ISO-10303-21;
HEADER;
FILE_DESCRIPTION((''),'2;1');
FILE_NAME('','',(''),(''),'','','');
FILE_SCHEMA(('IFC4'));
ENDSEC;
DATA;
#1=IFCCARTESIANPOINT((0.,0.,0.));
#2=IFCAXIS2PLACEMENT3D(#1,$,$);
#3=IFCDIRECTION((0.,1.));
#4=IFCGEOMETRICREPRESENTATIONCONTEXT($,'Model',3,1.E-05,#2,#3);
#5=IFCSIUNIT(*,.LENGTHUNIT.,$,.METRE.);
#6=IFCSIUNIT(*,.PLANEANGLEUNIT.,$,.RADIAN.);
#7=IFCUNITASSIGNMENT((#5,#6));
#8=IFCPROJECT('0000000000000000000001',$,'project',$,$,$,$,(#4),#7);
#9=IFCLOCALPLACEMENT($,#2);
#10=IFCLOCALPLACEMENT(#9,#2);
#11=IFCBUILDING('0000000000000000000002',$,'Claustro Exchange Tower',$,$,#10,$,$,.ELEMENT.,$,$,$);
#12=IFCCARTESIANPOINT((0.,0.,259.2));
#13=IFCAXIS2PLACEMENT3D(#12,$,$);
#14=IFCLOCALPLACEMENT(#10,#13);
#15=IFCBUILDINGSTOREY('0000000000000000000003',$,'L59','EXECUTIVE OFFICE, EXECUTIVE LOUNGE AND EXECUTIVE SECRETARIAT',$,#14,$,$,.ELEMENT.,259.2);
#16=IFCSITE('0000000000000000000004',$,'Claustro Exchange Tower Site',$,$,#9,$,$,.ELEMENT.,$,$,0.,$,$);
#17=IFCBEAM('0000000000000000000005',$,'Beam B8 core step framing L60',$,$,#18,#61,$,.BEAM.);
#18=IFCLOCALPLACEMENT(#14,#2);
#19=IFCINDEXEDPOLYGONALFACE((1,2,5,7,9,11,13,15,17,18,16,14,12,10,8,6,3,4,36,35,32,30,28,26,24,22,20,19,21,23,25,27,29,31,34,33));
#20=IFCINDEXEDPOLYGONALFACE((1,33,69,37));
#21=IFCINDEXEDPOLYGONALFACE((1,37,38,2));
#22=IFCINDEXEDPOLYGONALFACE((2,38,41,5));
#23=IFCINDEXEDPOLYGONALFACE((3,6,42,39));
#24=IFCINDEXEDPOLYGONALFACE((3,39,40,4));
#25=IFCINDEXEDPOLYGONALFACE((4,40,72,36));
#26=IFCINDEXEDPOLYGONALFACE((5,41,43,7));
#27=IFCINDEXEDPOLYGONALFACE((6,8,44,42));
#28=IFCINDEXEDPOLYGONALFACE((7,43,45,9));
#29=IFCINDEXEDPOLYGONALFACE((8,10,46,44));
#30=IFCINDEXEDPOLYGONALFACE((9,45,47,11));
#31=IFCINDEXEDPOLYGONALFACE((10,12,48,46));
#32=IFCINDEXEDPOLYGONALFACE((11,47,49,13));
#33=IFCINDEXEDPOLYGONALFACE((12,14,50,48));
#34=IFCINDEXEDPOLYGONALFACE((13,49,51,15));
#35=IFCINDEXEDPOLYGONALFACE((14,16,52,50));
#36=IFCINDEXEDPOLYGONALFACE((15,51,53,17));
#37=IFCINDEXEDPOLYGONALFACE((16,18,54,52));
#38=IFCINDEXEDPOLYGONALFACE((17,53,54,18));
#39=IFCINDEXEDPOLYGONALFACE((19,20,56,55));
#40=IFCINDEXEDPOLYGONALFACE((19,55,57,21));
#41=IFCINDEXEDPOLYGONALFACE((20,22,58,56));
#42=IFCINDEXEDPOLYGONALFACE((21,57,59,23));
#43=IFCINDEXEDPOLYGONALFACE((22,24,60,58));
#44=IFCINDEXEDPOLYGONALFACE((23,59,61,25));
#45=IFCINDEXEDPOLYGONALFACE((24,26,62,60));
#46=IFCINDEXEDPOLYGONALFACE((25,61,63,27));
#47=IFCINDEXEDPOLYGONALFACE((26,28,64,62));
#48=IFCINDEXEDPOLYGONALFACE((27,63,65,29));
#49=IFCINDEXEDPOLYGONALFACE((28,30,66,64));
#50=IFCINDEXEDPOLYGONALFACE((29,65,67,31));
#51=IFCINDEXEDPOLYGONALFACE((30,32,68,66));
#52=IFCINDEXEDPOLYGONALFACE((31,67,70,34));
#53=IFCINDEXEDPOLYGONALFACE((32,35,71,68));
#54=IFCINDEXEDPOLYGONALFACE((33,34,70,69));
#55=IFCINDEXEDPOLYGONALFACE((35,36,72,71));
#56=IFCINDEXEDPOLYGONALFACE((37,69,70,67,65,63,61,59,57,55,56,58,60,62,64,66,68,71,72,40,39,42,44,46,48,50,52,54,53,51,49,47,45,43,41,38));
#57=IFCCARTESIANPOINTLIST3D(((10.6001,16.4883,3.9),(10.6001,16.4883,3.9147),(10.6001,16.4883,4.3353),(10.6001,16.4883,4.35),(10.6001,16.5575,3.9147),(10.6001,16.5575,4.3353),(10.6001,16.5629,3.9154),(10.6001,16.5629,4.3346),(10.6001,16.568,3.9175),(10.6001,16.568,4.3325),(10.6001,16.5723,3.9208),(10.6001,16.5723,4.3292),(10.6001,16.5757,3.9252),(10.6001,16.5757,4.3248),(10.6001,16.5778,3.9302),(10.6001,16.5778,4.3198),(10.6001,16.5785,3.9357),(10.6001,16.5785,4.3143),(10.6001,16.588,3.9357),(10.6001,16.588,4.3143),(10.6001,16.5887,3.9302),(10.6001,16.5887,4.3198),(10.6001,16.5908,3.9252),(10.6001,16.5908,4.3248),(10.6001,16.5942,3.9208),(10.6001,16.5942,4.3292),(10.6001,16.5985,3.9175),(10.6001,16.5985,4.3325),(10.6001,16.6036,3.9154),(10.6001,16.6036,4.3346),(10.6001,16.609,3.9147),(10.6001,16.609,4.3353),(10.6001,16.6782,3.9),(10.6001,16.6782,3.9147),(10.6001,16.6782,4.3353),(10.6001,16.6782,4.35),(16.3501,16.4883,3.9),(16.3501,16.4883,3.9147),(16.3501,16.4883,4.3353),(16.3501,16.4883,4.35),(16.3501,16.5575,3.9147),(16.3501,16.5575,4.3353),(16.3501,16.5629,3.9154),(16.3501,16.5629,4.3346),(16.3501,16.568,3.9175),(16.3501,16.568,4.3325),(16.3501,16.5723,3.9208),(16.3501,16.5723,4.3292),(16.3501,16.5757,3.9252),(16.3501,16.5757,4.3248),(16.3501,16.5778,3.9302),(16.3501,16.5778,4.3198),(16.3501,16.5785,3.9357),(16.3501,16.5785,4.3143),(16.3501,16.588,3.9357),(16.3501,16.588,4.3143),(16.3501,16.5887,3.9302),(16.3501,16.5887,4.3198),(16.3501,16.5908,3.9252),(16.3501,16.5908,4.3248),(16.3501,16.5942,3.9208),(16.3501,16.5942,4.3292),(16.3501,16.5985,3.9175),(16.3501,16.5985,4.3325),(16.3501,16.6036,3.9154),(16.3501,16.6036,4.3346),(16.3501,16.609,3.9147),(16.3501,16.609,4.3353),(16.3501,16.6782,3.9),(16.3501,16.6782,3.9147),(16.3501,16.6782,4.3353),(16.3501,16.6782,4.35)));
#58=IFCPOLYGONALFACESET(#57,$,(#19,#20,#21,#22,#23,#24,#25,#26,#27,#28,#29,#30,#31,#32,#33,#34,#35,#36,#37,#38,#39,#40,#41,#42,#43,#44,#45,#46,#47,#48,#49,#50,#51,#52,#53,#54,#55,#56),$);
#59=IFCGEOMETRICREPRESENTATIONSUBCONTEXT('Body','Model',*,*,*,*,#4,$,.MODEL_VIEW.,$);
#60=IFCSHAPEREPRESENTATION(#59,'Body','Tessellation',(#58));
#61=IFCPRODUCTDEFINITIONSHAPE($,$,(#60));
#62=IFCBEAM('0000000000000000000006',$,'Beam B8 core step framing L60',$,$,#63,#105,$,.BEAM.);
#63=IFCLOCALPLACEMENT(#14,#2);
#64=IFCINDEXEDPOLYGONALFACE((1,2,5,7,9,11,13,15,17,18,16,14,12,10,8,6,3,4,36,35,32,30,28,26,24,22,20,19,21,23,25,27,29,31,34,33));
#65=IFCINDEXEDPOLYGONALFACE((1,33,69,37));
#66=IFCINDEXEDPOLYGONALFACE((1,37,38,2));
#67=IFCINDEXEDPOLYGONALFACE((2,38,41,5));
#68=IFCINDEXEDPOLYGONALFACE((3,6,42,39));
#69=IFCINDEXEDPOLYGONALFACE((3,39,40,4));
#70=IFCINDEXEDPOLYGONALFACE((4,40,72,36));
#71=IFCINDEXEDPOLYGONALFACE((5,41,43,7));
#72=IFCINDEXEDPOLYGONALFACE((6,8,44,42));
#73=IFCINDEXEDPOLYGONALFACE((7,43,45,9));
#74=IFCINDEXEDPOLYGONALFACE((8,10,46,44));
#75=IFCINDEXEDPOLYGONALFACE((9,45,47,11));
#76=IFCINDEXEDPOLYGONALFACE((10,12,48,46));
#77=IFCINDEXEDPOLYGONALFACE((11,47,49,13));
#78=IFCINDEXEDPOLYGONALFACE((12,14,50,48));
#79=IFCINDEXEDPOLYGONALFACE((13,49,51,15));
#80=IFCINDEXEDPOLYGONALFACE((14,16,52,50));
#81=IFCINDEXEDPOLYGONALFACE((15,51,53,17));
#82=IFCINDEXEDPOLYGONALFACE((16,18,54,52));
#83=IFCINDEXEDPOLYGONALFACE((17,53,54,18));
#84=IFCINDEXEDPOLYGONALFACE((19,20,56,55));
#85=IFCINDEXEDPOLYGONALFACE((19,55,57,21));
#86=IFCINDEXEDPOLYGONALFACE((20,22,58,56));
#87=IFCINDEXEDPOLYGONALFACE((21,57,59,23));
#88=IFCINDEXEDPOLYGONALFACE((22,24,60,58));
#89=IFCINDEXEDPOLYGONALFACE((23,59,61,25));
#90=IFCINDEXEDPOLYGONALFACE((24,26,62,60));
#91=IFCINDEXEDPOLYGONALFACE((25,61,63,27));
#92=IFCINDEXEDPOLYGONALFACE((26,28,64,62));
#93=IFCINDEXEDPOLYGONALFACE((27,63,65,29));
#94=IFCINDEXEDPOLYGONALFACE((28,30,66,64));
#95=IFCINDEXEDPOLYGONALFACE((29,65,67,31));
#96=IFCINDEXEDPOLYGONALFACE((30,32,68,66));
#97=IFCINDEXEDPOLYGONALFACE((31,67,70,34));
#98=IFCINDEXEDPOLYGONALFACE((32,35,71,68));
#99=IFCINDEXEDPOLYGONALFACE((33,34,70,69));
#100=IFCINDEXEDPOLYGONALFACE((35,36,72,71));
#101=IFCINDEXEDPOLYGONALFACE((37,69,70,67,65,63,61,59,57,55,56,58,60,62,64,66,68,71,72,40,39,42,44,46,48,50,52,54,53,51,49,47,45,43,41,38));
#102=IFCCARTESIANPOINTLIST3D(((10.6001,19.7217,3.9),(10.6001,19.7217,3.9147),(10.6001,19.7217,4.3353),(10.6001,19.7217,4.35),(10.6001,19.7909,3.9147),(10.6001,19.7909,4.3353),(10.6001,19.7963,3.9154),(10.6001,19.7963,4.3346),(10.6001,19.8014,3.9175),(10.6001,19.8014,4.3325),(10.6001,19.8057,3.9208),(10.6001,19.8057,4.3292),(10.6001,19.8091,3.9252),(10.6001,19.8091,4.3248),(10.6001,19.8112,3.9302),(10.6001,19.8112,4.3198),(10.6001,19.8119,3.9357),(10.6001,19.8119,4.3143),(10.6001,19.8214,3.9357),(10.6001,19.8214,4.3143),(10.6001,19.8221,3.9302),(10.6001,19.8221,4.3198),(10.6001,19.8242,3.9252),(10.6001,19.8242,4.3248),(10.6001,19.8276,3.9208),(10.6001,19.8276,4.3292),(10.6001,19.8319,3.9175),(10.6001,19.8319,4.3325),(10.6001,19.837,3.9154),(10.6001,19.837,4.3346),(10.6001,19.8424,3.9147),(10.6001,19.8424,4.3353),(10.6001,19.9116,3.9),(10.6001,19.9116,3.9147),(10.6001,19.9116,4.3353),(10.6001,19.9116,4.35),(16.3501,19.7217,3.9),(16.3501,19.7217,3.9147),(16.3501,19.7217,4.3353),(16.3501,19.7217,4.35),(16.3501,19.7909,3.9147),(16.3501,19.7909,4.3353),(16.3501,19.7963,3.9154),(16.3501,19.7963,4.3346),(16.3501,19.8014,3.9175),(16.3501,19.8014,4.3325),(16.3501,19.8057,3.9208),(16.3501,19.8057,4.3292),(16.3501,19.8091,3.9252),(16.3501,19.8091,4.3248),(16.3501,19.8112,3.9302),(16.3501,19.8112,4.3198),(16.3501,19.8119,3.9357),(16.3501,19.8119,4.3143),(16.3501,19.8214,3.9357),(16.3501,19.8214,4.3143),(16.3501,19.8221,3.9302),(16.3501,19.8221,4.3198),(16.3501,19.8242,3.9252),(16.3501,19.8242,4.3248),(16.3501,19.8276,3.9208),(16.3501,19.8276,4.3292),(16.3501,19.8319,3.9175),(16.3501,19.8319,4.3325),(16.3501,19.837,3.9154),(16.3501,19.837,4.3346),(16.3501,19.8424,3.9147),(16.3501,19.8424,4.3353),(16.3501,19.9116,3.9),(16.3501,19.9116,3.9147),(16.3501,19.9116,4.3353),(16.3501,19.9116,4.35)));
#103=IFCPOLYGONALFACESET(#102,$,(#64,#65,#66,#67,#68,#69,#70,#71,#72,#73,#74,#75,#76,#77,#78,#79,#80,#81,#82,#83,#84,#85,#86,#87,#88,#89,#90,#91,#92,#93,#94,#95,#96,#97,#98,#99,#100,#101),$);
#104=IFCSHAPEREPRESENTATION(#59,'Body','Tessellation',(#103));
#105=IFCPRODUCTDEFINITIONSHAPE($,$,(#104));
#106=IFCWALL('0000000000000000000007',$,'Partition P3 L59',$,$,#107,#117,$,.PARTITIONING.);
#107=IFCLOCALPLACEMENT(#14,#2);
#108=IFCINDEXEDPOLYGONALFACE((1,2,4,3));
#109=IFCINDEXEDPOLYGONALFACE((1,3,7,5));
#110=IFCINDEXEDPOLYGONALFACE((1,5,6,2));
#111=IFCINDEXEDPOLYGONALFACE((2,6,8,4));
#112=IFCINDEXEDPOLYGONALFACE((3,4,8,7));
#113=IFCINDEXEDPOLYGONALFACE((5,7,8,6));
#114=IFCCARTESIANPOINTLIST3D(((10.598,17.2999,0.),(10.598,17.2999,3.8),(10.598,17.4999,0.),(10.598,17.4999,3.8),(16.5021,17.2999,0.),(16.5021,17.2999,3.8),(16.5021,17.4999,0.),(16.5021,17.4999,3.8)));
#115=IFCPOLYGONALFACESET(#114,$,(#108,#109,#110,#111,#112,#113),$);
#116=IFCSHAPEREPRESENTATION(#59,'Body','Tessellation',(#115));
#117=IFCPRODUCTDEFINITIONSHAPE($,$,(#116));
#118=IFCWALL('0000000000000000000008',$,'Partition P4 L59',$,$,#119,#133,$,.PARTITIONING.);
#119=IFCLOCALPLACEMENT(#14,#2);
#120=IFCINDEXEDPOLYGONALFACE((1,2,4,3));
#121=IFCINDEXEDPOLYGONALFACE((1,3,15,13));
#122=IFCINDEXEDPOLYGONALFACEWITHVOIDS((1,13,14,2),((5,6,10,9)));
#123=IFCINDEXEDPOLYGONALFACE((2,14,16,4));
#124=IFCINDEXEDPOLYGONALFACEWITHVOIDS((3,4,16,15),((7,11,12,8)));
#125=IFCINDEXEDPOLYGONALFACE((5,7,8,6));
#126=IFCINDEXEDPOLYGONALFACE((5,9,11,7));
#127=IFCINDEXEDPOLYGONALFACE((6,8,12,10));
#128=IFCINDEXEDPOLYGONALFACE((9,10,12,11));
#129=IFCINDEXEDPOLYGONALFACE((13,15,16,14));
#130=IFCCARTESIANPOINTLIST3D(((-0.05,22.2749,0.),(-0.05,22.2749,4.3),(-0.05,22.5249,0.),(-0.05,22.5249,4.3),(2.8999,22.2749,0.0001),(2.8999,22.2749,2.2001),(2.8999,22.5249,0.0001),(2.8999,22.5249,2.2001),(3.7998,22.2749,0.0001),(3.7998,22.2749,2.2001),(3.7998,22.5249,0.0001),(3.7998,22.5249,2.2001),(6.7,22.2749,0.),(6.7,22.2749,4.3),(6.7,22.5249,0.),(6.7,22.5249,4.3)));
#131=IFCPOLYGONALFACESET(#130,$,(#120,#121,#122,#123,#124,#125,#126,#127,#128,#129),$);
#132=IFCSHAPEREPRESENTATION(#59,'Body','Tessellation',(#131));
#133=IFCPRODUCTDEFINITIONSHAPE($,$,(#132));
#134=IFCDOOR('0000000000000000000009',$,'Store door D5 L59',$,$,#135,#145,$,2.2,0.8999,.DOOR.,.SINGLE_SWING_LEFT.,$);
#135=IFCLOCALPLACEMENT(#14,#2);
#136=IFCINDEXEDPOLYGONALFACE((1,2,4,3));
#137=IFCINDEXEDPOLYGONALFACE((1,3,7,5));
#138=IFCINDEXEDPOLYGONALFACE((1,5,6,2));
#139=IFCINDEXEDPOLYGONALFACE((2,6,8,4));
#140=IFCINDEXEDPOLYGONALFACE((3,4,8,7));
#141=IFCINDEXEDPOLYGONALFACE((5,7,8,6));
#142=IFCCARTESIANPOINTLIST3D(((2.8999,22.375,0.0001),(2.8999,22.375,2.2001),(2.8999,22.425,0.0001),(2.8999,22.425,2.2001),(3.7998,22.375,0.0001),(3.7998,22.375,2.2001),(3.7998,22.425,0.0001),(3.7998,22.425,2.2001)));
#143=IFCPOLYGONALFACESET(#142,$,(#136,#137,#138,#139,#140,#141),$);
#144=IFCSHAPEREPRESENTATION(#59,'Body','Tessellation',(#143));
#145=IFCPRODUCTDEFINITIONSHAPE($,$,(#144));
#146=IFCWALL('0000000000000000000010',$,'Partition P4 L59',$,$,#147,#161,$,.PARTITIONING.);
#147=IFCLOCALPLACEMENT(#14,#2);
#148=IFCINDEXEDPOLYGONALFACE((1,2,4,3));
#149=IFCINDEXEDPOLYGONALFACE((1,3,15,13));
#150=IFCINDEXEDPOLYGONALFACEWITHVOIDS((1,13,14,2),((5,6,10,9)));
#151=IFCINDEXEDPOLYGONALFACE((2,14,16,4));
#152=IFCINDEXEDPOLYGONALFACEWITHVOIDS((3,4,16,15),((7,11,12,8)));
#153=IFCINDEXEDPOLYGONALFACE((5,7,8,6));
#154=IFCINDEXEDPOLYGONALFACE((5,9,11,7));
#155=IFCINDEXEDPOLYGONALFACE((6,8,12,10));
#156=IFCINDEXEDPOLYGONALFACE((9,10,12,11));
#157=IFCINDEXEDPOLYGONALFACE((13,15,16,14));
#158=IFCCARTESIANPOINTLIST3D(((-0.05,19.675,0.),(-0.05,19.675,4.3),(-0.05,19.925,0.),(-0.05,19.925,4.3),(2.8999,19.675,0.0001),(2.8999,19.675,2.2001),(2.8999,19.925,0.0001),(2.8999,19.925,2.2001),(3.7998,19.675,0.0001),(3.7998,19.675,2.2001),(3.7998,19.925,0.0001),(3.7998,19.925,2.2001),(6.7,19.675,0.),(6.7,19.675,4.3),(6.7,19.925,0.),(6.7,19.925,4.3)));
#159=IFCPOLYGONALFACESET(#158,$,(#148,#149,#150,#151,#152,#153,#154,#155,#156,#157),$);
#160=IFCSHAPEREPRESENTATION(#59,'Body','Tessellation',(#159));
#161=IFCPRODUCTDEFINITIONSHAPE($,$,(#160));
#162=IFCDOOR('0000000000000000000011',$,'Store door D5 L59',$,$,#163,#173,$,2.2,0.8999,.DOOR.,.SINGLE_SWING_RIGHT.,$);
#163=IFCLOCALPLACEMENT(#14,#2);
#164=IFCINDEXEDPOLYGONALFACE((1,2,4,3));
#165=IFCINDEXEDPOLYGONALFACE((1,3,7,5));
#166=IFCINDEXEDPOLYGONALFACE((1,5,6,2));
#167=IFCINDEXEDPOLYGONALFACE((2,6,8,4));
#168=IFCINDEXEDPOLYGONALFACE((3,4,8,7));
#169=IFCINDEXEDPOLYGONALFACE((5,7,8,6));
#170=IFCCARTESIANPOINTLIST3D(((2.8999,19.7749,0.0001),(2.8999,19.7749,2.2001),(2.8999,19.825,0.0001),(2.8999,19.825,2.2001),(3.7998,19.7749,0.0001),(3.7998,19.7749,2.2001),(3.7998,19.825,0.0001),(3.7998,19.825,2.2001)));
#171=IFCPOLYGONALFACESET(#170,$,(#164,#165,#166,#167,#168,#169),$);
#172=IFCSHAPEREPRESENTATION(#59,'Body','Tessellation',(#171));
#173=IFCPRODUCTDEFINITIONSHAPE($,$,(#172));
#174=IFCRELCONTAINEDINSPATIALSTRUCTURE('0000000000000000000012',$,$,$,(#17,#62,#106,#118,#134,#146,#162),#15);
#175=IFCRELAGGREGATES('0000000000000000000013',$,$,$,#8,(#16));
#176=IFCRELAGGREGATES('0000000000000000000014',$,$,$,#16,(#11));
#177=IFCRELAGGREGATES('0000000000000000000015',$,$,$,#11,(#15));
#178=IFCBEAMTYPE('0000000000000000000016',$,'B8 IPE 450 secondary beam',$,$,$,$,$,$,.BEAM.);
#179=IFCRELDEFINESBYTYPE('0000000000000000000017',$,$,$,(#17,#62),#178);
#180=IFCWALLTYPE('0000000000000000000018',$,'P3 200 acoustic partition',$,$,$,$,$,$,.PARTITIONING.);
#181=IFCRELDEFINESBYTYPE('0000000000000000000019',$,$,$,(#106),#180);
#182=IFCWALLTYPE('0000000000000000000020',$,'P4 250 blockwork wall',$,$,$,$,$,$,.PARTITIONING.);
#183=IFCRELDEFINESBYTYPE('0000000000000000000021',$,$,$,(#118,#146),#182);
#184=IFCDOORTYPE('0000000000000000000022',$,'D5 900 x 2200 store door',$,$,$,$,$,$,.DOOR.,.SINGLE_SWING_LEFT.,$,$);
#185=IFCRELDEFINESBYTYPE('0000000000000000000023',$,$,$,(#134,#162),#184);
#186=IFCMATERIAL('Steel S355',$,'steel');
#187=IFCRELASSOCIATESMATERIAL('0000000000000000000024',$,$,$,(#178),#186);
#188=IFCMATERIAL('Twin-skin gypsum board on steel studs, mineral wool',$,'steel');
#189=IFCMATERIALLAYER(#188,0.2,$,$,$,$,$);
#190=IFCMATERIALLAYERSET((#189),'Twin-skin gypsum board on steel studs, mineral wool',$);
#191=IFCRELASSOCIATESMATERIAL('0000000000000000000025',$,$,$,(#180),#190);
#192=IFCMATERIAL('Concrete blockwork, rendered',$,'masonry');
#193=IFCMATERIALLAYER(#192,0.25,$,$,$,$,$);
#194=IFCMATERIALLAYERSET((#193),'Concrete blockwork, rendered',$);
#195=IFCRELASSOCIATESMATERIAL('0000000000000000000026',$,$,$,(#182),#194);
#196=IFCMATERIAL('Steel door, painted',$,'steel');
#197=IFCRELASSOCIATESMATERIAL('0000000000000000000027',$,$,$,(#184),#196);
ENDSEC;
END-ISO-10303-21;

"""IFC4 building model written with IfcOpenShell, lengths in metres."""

from ifc_helpers import new_model, si_unit, direction, frame, frame_2d, origin, origin_2d, place, context, subcontext, project, spatial, rectangle, i_section, extrude, material, layer, layer_set, material_profile, profile_set, type_object, element, fill, save


model = new_model("IFC4")

# Units and contexts
model_context = context("Model", 3, precision=1e-05, world=origin(), true_north=direction((0.0, 1.0)))
body_context = subcontext(model_context, "Body", "Model", "MODEL_VIEW")
ifc_project = project(units=[si_unit("LENGTHUNIT", "METRE"), si_unit("PLANEANGLEUNIT", "RADIAN")], contexts=[model_context])

# Site, building, storey
site_placement = place(None, origin())
site = spatial("IfcSite", under=ifc_project, at=site_placement, Name="Claustro Exchange Tower Site", CompositionType="ELEMENT", RefElevation=0.0)
building_placement = place(site_placement, origin())
building = spatial("IfcBuilding", under=site, at=building_placement, Name="Claustro Exchange Tower", CompositionType="ELEMENT")
storey_placement = place(building_placement, frame((0.0, 0.0, 259.2)))
storey = spatial("IfcBuildingStorey", under=building, at=storey_placement, Name="L59", Description="EXECUTIVE OFFICE, EXECUTIVE LOUNGE AND EXECUTIVE SECRETARIAT", CompositionType="ELEMENT", Elevation=259.2)

# Beams
ifc_material_1 = material(Name="Steel S355", Category="steel")
ifc_material_profile_1 = material_profile(ifc_material_1, i_section(OverallWidth=0.1899, OverallDepth=0.45, WebThickness=0.0095, FlangeThickness=0.0146, FilletRadius=0.021, at=origin_2d()), Name="IPE 450")
ifc_profile_set_1 = profile_set([ifc_material_profile_1], Name="Steel S355")
beam_type_1 = type_object("IfcBeamType", Name="B8 IPE 450 secondary beam", PredefinedType="BEAM", material=ifc_profile_set_1)
for number, where, z_axis, x_axis, name in (
    (1, (10.6001, 16.5833, 4.125), (1.0, 0.0, 0.0), (0.0, 1.0, 0.0), "Beam B8 core step framing L60"),
    (2, (10.6001, 19.8167, 4.125), (1.0, 0.0, 0.0), (0.0, 1.0, 0.0), "Beam B8 core step framing L60"),
):
    element("IfcBeam", number, at=place(storey_placement, frame(where, z_axis=z_axis, x_axis=x_axis)), inside=storey, type_object=beam_type_1, Name=name, PredefinedType="BEAM", context=body_context, shape_type="SweptSolid", body=[
        extrude(i_section(OverallWidth=0.1899, OverallDepth=0.45, WebThickness=0.0095, FlangeThickness=0.0146, FilletRadius=0.021, at=origin_2d()), origin(), (0.0, 0.0, 1.0), 5.75),
    ])

# Wall
ifc_material_2 = material(Name="Twin-skin gypsum board on steel studs, mineral wool", Category="steel")
ifc_layer_1 = layer(ifc_material_2, 0.2)
ifc_layer_set_1 = layer_set([ifc_layer_1], Name="Twin-skin gypsum board on steel studs, mineral wool")
wall_type_1 = type_object("IfcWallType", Name="P3 200 acoustic partition", PredefinedType="PARTITIONING", material=ifc_layer_set_1)
wall_1_placement = place(storey_placement, frame((10.5979, 17.3999, 0.0), z_axis=(0.0, 0.0, 1.0), x_axis=(1.0, 0.0, 0.0)))
element("IfcWall", 3, at=wall_1_placement, inside=storey, type_object=wall_type_1, Name="Partition P3 L59", PredefinedType="PARTITIONING", context=body_context, shape_type="SweptSolid", body=[
    extrude(rectangle(XDim=5.9041, YDim=0.2, at=frame_2d((2.9521, 0.0))), origin(), (0.0, 0.0, 1.0), 3.8),
])

# Walls, openings, doors
ifc_material_3 = material(Name="Concrete blockwork, rendered", Category="masonry")
ifc_layer_2 = layer(ifc_material_3, 0.25)
ifc_layer_set_2 = layer_set([ifc_layer_2], Name="Concrete blockwork, rendered")
wall_type_2 = type_object("IfcWallType", Name="P4 250 blockwork wall", PredefinedType="PARTITIONING", material=ifc_layer_set_2)
wall_2_placement = place(storey_placement, frame((-0.05, 22.3999, 0.0), z_axis=(0.0, 0.0, 1.0), x_axis=(1.0, 0.0, 0.0)))
wall_2 = element("IfcWall", 4, at=wall_2_placement, inside=storey, type_object=wall_type_2, Name="Partition P4 L59", PredefinedType="PARTITIONING", context=body_context, shape_type="SweptSolid", body=[
    extrude(rectangle(XDim=6.75, YDim=0.25, at=frame_2d((3.375, 0.0))), origin(), (0.0, 0.0, 1.0), 4.3),
])
opening_1_placement = place(wall_2_placement, frame((2.95, 0.0, 0.0)))
opening_1 = element("IfcOpeningElement", 5, at=opening_1_placement, cuts=wall_2, PredefinedType="OPENING", context=body_context, shape_type="SweptSolid", body=[
    extrude(rectangle(XDim=0.8999, YDim=2.2, at=frame_2d((0.45, 1.1001))), frame((0.0, 0.135, 0.0), z_axis=(0.0, -1.0, 0.0), x_axis=(1.0, 0.0, 0.0)), (0.0, 0.0, 1.0), 0.27),
])
ifc_material_4 = material(Name="Steel door, painted", Category="steel")
door_type = type_object("IfcDoorType", Name="D5 900 x 2200 store door", OperationType="SINGLE_SWING_LEFT", PredefinedType="DOOR", material=ifc_material_4)
door_1_placement = place(opening_1_placement, frame((0.8999, 0.0, 0.0), z_axis=(0.0, 0.0, 1.0), x_axis=(-1.0, 0.0, 0.0)))
door_1 = element("IfcDoor", 6, at=door_1_placement, inside=storey, type_object=door_type, Name="Store door D5 L59", OperationType="SINGLE_SWING_LEFT", OverallHeight=2.2, OverallWidth=0.8999, PredefinedType="DOOR", context=body_context, shape_type="SweptSolid", body=[
    extrude(rectangle(XDim=0.8999, YDim=2.2, at=frame_2d((0.45, 1.1001))), frame((0.0, 0.0249, 0.0), z_axis=(0.0, -1.0, 0.0), x_axis=(1.0, 0.0, 0.0)), (0.0, 0.0, 1.0), 0.05),
])
fill(opening_1, door_1)
wall_3_placement = place(storey_placement, frame((-0.05, 19.8, 0.0), z_axis=(0.0, 0.0, 1.0), x_axis=(1.0, 0.0, 0.0)))
wall_3 = element("IfcWall", 7, at=wall_3_placement, inside=storey, type_object=wall_type_2, Name="Partition P4 L59", PredefinedType="PARTITIONING", context=body_context, shape_type="SweptSolid", body=[
    extrude(rectangle(XDim=6.75, YDim=0.25, at=frame_2d((3.375, 0.0))), origin(), (0.0, 0.0, 1.0), 4.3),
])
opening_2_placement = place(wall_3_placement, frame((2.95, 0.0, 0.0)))
opening_2 = element("IfcOpeningElement", 8, at=opening_2_placement, cuts=wall_3, PredefinedType="OPENING", context=body_context, shape_type="SweptSolid", body=[
    extrude(rectangle(XDim=0.8999, YDim=2.2, at=frame_2d((0.45, 1.1001))), frame((0.0, 0.135, 0.0), z_axis=(0.0, -1.0, 0.0), x_axis=(1.0, 0.0, 0.0)), (0.0, 0.0, 1.0), 0.27),
])
door_2_placement = place(opening_2_placement, origin())
door_2 = element("IfcDoor", 9, at=door_2_placement, inside=storey, type_object=door_type, Name="Store door D5 L59", OperationType="SINGLE_SWING_RIGHT", OverallHeight=2.2, OverallWidth=0.8999, PredefinedType="DOOR", context=body_context, shape_type="SweptSolid", body=[
    extrude(rectangle(XDim=0.8999, YDim=2.2, at=frame_2d((0.45, 1.1001))), frame((0.0, 0.0249, 0.0), z_axis=(0.0, -1.0, 0.0), x_axis=(1.0, 0.0, 0.0)), (0.0, 0.0, 1.0), 0.05),
])
fill(opening_2, door_2)

save(model, "model.ifc")
